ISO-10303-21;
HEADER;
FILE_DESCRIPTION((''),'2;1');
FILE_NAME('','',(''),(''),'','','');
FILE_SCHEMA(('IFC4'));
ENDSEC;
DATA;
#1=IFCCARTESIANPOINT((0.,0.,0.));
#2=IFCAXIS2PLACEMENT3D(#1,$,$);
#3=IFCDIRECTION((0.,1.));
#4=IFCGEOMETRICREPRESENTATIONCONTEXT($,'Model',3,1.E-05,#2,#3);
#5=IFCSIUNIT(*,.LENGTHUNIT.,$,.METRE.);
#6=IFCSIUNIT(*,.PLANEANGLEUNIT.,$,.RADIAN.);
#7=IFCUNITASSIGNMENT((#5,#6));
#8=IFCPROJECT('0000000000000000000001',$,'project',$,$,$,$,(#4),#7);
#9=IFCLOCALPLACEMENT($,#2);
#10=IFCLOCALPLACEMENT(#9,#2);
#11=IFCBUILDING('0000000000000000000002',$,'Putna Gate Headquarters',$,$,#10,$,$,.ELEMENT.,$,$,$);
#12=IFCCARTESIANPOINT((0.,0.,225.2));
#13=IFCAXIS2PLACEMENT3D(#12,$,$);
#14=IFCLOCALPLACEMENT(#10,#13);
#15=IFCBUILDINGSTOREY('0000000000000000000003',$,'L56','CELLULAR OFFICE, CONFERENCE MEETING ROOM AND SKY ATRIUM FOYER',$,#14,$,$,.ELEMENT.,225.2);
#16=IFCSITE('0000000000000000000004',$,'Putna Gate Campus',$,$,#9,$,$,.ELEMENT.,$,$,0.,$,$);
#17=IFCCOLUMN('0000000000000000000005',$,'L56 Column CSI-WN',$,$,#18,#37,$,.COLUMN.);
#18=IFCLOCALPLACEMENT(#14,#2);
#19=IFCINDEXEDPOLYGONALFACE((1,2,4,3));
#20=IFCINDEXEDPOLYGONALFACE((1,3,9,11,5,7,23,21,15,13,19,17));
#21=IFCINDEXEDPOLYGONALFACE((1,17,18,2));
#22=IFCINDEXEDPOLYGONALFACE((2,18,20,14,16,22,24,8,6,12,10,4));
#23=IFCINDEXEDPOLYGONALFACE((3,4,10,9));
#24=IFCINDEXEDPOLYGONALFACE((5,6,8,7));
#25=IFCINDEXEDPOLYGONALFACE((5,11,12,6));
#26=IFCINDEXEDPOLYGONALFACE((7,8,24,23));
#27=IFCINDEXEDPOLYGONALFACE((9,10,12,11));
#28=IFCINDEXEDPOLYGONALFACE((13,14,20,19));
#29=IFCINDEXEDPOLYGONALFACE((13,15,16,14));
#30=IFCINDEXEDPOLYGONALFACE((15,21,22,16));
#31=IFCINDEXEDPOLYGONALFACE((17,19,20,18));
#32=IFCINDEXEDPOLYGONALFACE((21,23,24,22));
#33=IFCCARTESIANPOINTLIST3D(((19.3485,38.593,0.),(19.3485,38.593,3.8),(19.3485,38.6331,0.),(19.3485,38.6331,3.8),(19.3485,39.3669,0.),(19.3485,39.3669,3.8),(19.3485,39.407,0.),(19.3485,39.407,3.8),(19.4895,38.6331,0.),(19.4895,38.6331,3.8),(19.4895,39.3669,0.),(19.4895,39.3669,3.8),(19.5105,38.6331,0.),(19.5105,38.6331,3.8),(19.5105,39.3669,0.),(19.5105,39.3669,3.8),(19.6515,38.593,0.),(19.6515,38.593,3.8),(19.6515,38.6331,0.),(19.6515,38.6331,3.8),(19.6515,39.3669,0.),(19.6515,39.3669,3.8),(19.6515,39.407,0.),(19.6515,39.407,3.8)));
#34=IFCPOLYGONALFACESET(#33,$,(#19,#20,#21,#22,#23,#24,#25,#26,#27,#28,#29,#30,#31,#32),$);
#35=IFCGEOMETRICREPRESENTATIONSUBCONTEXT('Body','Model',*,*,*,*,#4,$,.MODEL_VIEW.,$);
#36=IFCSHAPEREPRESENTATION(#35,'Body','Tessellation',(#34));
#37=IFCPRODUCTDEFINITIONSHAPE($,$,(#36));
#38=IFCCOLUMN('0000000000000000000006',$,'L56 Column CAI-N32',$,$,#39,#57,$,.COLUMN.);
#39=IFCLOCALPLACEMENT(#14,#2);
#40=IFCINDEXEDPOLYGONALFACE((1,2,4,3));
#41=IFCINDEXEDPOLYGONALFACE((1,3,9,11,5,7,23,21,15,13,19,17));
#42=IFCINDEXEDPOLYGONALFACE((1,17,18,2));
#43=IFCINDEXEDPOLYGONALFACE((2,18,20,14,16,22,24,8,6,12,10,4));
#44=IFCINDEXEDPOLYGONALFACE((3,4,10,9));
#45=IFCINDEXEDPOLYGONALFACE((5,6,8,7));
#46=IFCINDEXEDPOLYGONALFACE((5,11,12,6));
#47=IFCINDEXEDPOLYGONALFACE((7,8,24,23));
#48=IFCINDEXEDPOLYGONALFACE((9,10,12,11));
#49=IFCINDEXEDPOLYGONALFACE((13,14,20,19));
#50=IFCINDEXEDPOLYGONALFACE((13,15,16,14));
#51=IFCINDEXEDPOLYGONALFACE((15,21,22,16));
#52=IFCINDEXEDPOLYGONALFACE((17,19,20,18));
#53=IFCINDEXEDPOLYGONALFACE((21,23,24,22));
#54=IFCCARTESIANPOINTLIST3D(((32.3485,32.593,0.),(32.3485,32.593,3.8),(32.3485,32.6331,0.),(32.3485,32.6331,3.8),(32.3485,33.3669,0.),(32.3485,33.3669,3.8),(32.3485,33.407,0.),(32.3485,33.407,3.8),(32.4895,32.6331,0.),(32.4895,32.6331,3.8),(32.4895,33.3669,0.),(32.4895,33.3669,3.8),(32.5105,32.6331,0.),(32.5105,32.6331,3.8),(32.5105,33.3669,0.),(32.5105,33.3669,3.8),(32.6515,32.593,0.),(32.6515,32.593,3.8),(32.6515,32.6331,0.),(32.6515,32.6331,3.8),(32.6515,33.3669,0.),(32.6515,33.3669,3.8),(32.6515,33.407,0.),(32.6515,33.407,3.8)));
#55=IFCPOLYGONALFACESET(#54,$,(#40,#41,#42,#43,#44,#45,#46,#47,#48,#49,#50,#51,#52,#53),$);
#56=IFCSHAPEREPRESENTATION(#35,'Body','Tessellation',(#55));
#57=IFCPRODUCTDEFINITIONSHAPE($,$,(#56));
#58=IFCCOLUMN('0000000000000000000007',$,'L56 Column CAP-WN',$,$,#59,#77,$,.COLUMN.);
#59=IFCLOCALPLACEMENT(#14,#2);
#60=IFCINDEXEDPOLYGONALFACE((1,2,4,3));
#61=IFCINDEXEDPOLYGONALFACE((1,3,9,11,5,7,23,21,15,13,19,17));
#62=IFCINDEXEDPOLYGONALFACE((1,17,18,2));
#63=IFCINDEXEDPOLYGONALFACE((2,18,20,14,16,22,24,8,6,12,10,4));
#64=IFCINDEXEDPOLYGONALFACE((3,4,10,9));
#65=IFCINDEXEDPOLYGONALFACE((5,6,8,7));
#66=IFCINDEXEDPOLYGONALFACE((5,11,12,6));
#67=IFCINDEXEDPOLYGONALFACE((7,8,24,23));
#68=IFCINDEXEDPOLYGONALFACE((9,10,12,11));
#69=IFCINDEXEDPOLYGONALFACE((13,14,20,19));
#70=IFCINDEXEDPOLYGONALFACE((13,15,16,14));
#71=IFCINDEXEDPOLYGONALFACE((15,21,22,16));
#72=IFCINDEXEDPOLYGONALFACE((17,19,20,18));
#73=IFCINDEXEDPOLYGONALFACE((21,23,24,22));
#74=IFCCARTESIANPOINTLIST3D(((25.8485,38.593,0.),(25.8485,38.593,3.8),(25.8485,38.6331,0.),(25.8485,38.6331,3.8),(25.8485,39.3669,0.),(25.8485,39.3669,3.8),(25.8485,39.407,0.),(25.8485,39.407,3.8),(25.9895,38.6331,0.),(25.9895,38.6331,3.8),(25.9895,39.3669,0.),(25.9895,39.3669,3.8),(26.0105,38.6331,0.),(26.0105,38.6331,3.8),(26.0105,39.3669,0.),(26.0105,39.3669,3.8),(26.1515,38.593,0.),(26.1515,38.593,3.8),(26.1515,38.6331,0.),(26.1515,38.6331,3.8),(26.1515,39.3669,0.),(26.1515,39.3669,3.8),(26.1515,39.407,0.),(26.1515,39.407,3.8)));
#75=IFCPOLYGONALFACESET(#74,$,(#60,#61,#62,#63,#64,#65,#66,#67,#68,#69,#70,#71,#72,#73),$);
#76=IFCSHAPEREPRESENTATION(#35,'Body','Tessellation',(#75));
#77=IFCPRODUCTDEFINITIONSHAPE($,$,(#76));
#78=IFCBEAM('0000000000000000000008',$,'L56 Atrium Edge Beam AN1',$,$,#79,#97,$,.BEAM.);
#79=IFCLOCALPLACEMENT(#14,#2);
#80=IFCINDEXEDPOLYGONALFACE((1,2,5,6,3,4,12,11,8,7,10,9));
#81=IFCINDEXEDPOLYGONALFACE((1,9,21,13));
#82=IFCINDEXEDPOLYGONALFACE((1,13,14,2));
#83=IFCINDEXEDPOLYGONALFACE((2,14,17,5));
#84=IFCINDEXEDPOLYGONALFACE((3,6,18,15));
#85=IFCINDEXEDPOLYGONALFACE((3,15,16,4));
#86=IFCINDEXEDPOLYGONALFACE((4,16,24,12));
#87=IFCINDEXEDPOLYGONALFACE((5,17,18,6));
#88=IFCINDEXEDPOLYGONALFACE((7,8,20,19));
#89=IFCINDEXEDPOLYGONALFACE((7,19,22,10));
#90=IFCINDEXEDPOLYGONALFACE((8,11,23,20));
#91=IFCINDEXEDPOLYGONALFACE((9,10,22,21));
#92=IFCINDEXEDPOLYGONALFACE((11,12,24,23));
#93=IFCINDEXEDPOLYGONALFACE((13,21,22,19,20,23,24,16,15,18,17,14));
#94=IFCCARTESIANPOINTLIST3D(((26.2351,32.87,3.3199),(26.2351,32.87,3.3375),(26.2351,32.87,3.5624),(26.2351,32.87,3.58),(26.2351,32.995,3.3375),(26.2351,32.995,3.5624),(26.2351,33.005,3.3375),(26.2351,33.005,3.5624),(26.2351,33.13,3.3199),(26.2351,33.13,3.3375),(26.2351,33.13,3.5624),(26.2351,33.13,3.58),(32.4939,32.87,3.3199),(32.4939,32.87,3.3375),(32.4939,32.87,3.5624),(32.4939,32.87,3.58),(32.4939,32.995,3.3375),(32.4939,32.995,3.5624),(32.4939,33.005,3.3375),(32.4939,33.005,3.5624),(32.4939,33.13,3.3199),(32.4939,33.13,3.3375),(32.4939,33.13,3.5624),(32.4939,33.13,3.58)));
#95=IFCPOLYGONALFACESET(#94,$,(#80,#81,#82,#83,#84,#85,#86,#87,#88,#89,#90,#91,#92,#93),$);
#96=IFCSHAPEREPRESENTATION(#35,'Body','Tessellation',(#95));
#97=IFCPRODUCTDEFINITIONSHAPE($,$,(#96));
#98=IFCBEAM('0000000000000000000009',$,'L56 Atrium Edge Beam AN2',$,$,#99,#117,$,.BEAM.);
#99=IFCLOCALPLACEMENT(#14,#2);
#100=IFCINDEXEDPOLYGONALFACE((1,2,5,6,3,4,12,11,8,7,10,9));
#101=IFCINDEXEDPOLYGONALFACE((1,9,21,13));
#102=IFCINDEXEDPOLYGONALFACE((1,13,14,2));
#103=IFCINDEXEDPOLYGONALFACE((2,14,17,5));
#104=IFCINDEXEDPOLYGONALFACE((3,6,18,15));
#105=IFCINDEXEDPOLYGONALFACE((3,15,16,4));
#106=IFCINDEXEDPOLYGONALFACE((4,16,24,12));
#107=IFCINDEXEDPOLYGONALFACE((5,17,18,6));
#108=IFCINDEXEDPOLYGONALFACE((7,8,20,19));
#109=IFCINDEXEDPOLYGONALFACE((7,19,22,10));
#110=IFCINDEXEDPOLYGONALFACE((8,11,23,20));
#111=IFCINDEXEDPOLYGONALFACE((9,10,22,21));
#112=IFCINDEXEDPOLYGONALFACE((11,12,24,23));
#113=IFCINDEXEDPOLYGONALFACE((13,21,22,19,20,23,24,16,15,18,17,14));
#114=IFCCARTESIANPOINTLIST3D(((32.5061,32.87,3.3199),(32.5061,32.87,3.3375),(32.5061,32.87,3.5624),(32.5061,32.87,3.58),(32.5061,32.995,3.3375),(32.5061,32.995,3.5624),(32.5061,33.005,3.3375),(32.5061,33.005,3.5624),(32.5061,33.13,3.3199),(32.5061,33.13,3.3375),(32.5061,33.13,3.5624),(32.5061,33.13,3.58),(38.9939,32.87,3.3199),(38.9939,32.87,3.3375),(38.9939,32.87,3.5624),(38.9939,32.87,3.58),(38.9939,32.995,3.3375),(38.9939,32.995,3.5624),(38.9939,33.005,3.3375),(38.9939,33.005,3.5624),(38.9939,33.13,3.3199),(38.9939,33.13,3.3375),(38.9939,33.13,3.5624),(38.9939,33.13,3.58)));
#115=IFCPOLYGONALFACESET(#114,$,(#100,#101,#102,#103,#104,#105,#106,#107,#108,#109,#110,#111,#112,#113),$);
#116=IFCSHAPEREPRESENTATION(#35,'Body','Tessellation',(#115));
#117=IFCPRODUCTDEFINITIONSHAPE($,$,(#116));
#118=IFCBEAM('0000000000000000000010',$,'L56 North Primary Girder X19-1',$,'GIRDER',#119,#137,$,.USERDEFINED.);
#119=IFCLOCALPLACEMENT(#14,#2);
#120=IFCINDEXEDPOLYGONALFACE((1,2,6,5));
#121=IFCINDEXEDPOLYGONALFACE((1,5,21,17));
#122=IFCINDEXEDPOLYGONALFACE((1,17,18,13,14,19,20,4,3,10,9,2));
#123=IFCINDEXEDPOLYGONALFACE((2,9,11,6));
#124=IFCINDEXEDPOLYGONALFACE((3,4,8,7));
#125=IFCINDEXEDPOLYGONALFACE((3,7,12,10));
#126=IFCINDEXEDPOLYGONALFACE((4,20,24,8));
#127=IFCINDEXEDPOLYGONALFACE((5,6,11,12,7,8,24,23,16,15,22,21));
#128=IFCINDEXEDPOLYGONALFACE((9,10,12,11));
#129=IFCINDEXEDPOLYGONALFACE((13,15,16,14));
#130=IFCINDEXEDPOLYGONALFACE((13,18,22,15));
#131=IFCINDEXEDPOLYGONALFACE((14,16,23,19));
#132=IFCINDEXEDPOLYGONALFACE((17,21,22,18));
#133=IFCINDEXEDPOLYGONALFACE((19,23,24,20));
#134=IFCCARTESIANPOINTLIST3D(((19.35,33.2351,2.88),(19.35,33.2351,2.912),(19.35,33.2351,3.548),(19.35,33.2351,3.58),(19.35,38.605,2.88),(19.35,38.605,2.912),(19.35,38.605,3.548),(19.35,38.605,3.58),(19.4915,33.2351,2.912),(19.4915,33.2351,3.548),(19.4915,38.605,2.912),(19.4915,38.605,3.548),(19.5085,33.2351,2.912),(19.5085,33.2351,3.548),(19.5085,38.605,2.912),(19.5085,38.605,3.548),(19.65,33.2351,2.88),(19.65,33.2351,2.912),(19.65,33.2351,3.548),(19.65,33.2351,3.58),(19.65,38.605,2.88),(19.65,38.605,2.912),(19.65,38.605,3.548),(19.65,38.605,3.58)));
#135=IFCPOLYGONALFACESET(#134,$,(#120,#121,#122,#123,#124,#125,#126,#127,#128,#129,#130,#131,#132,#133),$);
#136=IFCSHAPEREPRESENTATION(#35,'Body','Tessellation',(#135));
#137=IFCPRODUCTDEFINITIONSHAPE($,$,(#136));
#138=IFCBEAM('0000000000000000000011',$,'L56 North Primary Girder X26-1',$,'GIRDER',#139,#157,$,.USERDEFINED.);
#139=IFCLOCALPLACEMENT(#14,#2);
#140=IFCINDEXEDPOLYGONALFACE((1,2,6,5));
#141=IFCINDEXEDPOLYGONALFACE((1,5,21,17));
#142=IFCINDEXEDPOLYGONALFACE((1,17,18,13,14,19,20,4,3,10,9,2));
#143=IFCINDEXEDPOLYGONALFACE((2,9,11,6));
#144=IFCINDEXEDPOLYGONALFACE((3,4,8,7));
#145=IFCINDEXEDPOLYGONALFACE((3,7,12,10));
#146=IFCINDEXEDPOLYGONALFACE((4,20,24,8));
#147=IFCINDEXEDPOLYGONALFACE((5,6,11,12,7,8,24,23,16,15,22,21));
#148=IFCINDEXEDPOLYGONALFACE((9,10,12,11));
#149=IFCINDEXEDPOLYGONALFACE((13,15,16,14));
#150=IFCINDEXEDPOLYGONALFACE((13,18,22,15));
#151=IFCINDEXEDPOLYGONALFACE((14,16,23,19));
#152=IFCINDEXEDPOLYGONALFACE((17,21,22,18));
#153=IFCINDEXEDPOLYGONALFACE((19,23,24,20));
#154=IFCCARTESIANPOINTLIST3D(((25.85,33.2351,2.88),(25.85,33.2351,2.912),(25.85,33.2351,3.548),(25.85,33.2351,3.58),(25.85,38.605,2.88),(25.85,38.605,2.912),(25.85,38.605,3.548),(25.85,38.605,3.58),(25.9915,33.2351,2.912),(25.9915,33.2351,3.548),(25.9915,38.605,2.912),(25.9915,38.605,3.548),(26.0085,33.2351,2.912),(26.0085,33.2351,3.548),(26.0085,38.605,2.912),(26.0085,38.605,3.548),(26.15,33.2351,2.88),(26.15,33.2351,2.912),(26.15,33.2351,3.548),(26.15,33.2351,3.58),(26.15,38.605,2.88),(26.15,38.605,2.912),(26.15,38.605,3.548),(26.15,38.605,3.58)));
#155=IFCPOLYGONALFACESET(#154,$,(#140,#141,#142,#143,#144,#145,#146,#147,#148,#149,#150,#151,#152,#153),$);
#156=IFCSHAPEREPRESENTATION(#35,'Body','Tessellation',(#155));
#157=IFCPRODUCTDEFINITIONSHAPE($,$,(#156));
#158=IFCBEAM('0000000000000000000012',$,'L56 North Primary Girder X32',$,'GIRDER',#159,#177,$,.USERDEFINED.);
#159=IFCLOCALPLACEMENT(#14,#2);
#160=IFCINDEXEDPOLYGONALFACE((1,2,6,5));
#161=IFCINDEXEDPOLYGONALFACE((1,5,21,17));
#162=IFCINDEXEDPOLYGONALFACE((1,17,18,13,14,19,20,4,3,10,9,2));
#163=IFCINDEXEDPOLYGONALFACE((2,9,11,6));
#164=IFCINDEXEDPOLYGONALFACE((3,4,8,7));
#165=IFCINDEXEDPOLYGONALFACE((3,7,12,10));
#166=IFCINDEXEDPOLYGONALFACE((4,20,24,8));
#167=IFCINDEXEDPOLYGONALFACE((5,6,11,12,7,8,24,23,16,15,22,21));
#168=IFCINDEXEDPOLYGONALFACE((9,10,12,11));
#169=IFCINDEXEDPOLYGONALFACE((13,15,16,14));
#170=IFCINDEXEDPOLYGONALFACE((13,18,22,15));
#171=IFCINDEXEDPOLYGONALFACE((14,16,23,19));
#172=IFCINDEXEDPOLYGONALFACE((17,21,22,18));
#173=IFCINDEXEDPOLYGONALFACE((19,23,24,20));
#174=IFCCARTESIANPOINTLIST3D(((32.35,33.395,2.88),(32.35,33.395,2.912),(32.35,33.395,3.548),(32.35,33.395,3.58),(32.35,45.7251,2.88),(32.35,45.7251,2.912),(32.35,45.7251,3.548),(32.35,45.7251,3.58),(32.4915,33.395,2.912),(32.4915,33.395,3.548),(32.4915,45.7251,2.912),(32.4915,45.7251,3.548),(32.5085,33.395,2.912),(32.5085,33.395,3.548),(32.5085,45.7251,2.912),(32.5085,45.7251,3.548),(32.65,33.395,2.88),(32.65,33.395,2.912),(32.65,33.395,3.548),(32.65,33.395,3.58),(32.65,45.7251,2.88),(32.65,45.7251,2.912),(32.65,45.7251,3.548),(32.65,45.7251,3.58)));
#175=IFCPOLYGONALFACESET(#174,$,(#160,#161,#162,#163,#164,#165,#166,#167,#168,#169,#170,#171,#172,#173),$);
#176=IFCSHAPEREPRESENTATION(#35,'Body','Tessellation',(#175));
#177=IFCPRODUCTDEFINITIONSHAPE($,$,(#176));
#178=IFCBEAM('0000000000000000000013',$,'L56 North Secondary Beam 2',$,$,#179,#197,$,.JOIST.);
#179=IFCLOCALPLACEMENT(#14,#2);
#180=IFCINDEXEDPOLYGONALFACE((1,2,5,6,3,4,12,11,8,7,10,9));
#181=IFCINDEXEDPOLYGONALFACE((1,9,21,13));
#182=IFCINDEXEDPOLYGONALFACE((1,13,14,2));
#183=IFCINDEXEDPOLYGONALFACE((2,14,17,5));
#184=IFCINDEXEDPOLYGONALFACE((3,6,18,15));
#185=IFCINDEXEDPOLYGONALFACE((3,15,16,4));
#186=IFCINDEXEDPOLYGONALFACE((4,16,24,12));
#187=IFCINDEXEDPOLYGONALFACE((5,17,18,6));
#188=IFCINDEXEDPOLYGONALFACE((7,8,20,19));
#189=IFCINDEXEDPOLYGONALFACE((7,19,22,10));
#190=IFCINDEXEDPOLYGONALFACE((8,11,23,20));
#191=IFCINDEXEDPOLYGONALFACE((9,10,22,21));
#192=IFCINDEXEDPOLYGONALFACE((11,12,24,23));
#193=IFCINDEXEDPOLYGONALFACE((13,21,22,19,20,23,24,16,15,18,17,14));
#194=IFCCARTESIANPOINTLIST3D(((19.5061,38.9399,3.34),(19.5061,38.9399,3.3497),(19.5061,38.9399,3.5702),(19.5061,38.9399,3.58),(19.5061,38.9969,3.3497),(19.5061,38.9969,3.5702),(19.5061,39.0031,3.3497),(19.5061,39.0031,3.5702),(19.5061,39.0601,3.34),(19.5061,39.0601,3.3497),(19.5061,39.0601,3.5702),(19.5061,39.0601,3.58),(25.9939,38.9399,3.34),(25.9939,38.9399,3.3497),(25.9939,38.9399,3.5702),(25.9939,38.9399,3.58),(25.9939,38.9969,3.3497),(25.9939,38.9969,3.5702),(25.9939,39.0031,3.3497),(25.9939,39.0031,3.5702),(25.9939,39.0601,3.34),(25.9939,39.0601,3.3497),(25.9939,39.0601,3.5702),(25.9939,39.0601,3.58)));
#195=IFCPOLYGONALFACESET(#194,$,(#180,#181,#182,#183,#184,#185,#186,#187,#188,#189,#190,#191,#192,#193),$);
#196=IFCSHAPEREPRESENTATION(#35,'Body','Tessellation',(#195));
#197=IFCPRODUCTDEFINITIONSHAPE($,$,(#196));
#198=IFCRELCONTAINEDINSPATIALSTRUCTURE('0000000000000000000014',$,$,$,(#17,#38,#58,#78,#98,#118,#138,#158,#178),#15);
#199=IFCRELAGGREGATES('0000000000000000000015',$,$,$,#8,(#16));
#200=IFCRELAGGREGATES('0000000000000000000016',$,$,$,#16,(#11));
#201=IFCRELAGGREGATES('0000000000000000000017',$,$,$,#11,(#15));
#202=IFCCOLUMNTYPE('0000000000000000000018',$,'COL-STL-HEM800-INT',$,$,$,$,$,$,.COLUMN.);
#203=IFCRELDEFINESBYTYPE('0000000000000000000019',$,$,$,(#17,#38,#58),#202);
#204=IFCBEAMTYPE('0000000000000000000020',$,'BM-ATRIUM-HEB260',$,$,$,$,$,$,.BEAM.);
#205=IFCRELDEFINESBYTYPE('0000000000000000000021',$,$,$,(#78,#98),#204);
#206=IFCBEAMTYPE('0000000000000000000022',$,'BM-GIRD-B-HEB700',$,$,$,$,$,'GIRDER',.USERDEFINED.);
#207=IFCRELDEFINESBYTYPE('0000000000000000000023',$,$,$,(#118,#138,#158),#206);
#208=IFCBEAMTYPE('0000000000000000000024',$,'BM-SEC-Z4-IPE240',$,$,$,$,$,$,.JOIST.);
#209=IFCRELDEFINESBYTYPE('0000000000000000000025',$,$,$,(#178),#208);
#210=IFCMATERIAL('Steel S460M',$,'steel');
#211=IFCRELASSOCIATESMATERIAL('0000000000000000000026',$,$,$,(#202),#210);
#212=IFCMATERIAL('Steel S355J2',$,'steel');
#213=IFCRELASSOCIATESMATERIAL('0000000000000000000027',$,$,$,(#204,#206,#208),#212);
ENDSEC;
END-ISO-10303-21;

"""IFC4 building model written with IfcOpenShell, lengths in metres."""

from ifc_helpers import new_model, si_unit, direction, frame, origin, origin_2d, place, context, subcontext, project, spatial, i_section, extrude, material, material_profile, profile_set, type_object, element, save


model = new_model("IFC4")

# Units and contexts
model_context = context("Model", 3, precision=1e-05, world=origin(), true_north=direction((0.0, 1.0)))
body_context = subcontext(model_context, "Body", "Model", "MODEL_VIEW")
ifc_project = project(units=[si_unit("LENGTHUNIT", "METRE"), si_unit("PLANEANGLEUNIT", "RADIAN")], contexts=[model_context])

# Site, building, storey
site_placement = place(None, origin())
site = spatial("IfcSite", under=ifc_project, at=site_placement, Name="Putna Gate Campus", CompositionType="ELEMENT", RefElevation=0.0)
building_placement = place(site_placement, origin())
building = spatial("IfcBuilding", under=site, at=building_placement, Name="Putna Gate Headquarters", CompositionType="ELEMENT")
storey_placement = place(building_placement, frame((0.0, 0.0, 225.2)))
storey = spatial("IfcBuildingStorey", under=building, at=storey_placement, Name="L56", Description="CELLULAR OFFICE, CONFERENCE MEETING ROOM AND SKY ATRIUM FOYER", CompositionType="ELEMENT", Elevation=225.2)

# Columns
ifc_material_1 = material(Name="Steel S460M", Category="steel")
ifc_material_profile_1 = material_profile(ifc_material_1, i_section(OverallWidth=0.303, OverallDepth=0.814, WebThickness=0.021, FlangeThickness=0.04, at=origin_2d()), Name="Steel S460M")
ifc_profile_set_1 = profile_set([ifc_material_profile_1], Name="Steel S460M")
column_type = type_object("IfcColumnType", Name="COL-STL-HEM800-INT", PredefinedType="COLUMN", material=ifc_profile_set_1)
for number, where, z_axis, x_axis, name in (
    (1, (19.5, 39.0, 0.0), (0.0, 0.0, 1.0), (1.0, 0.0, 0.0), "L56 Column CSI-WN"),
    (2, (32.5, 33.0, 0.0), (0.0, 0.0, 1.0), (1.0, 0.0, 0.0), "L56 Column CAI-N32"),
    (3, (26.0, 39.0, 0.0), (0.0, 0.0, 1.0), (1.0, 0.0, 0.0), "L56 Column CAP-WN"),
):
    element("IfcColumn", number, at=place(storey_placement, frame(where, z_axis=z_axis, x_axis=x_axis)), inside=storey, type_object=column_type, Name=name, PredefinedType="COLUMN", context=body_context, shape_type="SweptSolid", body=[
        extrude(i_section(OverallWidth=0.303, OverallDepth=0.814, WebThickness=0.021, FlangeThickness=0.04, at=origin_2d()), origin(), (0.0, 0.0, 1.0), 3.8),
    ])

# Beams
ifc_material_2 = material(Name="Steel S355J2", Category="steel")
ifc_material_profile_2 = material_profile(ifc_material_2, i_section(OverallWidth=0.26, OverallDepth=0.26, WebThickness=0.01, FlangeThickness=0.0176, at=origin_2d()), Name="Steel S355J2")
ifc_profile_set_2 = profile_set([ifc_material_profile_2], Name="Steel S355J2")
beam_type_1 = type_object("IfcBeamType", Name="BM-ATRIUM-HEB260", PredefinedType="BEAM", material=ifc_profile_set_2)
beam_1_placement = place(storey_placement, frame((26.2351, 33.0, 3.45), z_axis=(1.0, 0.0, 0.0), x_axis=(0.0, 1.0, 0.0)))
element("IfcBeam", 4, at=beam_1_placement, inside=storey, type_object=beam_type_1, Name="L56 Atrium Edge Beam AN1", PredefinedType="BEAM", context=body_context, shape_type="SweptSolid", body=[
    extrude(i_section(OverallWidth=0.26, OverallDepth=0.26, WebThickness=0.01, FlangeThickness=0.0176, at=origin_2d()), origin(), (0.0, 0.0, 1.0), 6.2588),
])
beam_2_placement = place(storey_placement, frame((32.5061, 33.0, 3.45), z_axis=(1.0, 0.0, 0.0), x_axis=(0.0, 1.0, 0.0)))
element("IfcBeam", 5, at=beam_2_placement, inside=storey, type_object=beam_type_1, Name="L56 Atrium Edge Beam AN2", PredefinedType="BEAM", context=body_context, shape_type="SweptSolid", body=[
    extrude(i_section(OverallWidth=0.26, OverallDepth=0.26, WebThickness=0.01, FlangeThickness=0.0176, at=origin_2d()), origin(), (0.0, 0.0, 1.0), 6.4878),
])
ifc_material_profile_3 = material_profile(ifc_material_2, i_section(OverallWidth=0.3, OverallDepth=0.7, WebThickness=0.0171, FlangeThickness=0.032, at=origin_2d()), Name="Steel S355J2")
ifc_profile_set_3 = profile_set([ifc_material_profile_3], Name="Steel S355J2")
beam_type_2 = type_object("IfcBeamType", Name="BM-GIRD-B-HEB700", ElementType="GIRDER", PredefinedType="USERDEFINED", material=ifc_profile_set_3)
for number, where, z_axis, x_axis, name in (
    (6, (19.5, 33.2351, 3.23), (0.0, 1.0, 0.0), (-1.0, 0.0, 0.0), "L56 North Primary Girder X19-1"),
    (7, (26.0, 33.2351, 3.23), (0.0, 1.0, 0.0), (-1.0, 0.0, 0.0), "L56 North Primary Girder X26-1"),
):
    element("IfcBeam", number, at=place(storey_placement, frame(where, z_axis=z_axis, x_axis=x_axis)), inside=storey, type_object=beam_type_2, Name=name, ObjectType="GIRDER", PredefinedType="USERDEFINED", context=body_context, shape_type="SweptSolid", body=[
        extrude(i_section(OverallWidth=0.3, OverallDepth=0.7, WebThickness=0.0171, FlangeThickness=0.032, at=origin_2d()), origin(), (0.0, 0.0, 1.0), 5.3699),
    ])
beam_3_placement = place(storey_placement, frame((32.5, 33.395, 3.23), z_axis=(0.0, 1.0, 0.0), x_axis=(-1.0, 0.0, 0.0)))
element("IfcBeam", 8, at=beam_3_placement, inside=storey, type_object=beam_type_2, Name="L56 North Primary Girder X32", ObjectType="GIRDER", PredefinedType="USERDEFINED", context=body_context, shape_type="SweptSolid", body=[
    extrude(i_section(OverallWidth=0.3, OverallDepth=0.7, WebThickness=0.0171, FlangeThickness=0.032, at=origin_2d()), origin(), (0.0, 0.0, 1.0), 12.3301),
])
ifc_material_profile_4 = material_profile(ifc_material_2, i_section(OverallWidth=0.1201, OverallDepth=0.24, WebThickness=0.0061, FlangeThickness=0.0098, at=origin_2d()), Name="Steel S355J2")
ifc_profile_set_4 = profile_set([ifc_material_profile_4], Name="Steel S355J2")
beam_type_3 = type_object("IfcBeamType", Name="BM-SEC-Z4-IPE240", PredefinedType="JOIST", material=ifc_profile_set_4)
beam_4_placement = place(storey_placement, frame((19.5061, 39.0, 3.46), z_axis=(1.0, 0.0, 0.0), x_axis=(0.0, 1.0, 0.0)))
element("IfcBeam", 9, at=beam_4_placement, inside=storey, type_object=beam_type_3, Name="L56 North Secondary Beam 2", PredefinedType="JOIST", context=body_context, shape_type="SweptSolid", body=[
    extrude(i_section(OverallWidth=0.1201, OverallDepth=0.24, WebThickness=0.0061, FlangeThickness=0.0098, at=origin_2d()), origin(), (0.0, 0.0, 1.0), 6.4878),
])

save(model, "model.ifc")
